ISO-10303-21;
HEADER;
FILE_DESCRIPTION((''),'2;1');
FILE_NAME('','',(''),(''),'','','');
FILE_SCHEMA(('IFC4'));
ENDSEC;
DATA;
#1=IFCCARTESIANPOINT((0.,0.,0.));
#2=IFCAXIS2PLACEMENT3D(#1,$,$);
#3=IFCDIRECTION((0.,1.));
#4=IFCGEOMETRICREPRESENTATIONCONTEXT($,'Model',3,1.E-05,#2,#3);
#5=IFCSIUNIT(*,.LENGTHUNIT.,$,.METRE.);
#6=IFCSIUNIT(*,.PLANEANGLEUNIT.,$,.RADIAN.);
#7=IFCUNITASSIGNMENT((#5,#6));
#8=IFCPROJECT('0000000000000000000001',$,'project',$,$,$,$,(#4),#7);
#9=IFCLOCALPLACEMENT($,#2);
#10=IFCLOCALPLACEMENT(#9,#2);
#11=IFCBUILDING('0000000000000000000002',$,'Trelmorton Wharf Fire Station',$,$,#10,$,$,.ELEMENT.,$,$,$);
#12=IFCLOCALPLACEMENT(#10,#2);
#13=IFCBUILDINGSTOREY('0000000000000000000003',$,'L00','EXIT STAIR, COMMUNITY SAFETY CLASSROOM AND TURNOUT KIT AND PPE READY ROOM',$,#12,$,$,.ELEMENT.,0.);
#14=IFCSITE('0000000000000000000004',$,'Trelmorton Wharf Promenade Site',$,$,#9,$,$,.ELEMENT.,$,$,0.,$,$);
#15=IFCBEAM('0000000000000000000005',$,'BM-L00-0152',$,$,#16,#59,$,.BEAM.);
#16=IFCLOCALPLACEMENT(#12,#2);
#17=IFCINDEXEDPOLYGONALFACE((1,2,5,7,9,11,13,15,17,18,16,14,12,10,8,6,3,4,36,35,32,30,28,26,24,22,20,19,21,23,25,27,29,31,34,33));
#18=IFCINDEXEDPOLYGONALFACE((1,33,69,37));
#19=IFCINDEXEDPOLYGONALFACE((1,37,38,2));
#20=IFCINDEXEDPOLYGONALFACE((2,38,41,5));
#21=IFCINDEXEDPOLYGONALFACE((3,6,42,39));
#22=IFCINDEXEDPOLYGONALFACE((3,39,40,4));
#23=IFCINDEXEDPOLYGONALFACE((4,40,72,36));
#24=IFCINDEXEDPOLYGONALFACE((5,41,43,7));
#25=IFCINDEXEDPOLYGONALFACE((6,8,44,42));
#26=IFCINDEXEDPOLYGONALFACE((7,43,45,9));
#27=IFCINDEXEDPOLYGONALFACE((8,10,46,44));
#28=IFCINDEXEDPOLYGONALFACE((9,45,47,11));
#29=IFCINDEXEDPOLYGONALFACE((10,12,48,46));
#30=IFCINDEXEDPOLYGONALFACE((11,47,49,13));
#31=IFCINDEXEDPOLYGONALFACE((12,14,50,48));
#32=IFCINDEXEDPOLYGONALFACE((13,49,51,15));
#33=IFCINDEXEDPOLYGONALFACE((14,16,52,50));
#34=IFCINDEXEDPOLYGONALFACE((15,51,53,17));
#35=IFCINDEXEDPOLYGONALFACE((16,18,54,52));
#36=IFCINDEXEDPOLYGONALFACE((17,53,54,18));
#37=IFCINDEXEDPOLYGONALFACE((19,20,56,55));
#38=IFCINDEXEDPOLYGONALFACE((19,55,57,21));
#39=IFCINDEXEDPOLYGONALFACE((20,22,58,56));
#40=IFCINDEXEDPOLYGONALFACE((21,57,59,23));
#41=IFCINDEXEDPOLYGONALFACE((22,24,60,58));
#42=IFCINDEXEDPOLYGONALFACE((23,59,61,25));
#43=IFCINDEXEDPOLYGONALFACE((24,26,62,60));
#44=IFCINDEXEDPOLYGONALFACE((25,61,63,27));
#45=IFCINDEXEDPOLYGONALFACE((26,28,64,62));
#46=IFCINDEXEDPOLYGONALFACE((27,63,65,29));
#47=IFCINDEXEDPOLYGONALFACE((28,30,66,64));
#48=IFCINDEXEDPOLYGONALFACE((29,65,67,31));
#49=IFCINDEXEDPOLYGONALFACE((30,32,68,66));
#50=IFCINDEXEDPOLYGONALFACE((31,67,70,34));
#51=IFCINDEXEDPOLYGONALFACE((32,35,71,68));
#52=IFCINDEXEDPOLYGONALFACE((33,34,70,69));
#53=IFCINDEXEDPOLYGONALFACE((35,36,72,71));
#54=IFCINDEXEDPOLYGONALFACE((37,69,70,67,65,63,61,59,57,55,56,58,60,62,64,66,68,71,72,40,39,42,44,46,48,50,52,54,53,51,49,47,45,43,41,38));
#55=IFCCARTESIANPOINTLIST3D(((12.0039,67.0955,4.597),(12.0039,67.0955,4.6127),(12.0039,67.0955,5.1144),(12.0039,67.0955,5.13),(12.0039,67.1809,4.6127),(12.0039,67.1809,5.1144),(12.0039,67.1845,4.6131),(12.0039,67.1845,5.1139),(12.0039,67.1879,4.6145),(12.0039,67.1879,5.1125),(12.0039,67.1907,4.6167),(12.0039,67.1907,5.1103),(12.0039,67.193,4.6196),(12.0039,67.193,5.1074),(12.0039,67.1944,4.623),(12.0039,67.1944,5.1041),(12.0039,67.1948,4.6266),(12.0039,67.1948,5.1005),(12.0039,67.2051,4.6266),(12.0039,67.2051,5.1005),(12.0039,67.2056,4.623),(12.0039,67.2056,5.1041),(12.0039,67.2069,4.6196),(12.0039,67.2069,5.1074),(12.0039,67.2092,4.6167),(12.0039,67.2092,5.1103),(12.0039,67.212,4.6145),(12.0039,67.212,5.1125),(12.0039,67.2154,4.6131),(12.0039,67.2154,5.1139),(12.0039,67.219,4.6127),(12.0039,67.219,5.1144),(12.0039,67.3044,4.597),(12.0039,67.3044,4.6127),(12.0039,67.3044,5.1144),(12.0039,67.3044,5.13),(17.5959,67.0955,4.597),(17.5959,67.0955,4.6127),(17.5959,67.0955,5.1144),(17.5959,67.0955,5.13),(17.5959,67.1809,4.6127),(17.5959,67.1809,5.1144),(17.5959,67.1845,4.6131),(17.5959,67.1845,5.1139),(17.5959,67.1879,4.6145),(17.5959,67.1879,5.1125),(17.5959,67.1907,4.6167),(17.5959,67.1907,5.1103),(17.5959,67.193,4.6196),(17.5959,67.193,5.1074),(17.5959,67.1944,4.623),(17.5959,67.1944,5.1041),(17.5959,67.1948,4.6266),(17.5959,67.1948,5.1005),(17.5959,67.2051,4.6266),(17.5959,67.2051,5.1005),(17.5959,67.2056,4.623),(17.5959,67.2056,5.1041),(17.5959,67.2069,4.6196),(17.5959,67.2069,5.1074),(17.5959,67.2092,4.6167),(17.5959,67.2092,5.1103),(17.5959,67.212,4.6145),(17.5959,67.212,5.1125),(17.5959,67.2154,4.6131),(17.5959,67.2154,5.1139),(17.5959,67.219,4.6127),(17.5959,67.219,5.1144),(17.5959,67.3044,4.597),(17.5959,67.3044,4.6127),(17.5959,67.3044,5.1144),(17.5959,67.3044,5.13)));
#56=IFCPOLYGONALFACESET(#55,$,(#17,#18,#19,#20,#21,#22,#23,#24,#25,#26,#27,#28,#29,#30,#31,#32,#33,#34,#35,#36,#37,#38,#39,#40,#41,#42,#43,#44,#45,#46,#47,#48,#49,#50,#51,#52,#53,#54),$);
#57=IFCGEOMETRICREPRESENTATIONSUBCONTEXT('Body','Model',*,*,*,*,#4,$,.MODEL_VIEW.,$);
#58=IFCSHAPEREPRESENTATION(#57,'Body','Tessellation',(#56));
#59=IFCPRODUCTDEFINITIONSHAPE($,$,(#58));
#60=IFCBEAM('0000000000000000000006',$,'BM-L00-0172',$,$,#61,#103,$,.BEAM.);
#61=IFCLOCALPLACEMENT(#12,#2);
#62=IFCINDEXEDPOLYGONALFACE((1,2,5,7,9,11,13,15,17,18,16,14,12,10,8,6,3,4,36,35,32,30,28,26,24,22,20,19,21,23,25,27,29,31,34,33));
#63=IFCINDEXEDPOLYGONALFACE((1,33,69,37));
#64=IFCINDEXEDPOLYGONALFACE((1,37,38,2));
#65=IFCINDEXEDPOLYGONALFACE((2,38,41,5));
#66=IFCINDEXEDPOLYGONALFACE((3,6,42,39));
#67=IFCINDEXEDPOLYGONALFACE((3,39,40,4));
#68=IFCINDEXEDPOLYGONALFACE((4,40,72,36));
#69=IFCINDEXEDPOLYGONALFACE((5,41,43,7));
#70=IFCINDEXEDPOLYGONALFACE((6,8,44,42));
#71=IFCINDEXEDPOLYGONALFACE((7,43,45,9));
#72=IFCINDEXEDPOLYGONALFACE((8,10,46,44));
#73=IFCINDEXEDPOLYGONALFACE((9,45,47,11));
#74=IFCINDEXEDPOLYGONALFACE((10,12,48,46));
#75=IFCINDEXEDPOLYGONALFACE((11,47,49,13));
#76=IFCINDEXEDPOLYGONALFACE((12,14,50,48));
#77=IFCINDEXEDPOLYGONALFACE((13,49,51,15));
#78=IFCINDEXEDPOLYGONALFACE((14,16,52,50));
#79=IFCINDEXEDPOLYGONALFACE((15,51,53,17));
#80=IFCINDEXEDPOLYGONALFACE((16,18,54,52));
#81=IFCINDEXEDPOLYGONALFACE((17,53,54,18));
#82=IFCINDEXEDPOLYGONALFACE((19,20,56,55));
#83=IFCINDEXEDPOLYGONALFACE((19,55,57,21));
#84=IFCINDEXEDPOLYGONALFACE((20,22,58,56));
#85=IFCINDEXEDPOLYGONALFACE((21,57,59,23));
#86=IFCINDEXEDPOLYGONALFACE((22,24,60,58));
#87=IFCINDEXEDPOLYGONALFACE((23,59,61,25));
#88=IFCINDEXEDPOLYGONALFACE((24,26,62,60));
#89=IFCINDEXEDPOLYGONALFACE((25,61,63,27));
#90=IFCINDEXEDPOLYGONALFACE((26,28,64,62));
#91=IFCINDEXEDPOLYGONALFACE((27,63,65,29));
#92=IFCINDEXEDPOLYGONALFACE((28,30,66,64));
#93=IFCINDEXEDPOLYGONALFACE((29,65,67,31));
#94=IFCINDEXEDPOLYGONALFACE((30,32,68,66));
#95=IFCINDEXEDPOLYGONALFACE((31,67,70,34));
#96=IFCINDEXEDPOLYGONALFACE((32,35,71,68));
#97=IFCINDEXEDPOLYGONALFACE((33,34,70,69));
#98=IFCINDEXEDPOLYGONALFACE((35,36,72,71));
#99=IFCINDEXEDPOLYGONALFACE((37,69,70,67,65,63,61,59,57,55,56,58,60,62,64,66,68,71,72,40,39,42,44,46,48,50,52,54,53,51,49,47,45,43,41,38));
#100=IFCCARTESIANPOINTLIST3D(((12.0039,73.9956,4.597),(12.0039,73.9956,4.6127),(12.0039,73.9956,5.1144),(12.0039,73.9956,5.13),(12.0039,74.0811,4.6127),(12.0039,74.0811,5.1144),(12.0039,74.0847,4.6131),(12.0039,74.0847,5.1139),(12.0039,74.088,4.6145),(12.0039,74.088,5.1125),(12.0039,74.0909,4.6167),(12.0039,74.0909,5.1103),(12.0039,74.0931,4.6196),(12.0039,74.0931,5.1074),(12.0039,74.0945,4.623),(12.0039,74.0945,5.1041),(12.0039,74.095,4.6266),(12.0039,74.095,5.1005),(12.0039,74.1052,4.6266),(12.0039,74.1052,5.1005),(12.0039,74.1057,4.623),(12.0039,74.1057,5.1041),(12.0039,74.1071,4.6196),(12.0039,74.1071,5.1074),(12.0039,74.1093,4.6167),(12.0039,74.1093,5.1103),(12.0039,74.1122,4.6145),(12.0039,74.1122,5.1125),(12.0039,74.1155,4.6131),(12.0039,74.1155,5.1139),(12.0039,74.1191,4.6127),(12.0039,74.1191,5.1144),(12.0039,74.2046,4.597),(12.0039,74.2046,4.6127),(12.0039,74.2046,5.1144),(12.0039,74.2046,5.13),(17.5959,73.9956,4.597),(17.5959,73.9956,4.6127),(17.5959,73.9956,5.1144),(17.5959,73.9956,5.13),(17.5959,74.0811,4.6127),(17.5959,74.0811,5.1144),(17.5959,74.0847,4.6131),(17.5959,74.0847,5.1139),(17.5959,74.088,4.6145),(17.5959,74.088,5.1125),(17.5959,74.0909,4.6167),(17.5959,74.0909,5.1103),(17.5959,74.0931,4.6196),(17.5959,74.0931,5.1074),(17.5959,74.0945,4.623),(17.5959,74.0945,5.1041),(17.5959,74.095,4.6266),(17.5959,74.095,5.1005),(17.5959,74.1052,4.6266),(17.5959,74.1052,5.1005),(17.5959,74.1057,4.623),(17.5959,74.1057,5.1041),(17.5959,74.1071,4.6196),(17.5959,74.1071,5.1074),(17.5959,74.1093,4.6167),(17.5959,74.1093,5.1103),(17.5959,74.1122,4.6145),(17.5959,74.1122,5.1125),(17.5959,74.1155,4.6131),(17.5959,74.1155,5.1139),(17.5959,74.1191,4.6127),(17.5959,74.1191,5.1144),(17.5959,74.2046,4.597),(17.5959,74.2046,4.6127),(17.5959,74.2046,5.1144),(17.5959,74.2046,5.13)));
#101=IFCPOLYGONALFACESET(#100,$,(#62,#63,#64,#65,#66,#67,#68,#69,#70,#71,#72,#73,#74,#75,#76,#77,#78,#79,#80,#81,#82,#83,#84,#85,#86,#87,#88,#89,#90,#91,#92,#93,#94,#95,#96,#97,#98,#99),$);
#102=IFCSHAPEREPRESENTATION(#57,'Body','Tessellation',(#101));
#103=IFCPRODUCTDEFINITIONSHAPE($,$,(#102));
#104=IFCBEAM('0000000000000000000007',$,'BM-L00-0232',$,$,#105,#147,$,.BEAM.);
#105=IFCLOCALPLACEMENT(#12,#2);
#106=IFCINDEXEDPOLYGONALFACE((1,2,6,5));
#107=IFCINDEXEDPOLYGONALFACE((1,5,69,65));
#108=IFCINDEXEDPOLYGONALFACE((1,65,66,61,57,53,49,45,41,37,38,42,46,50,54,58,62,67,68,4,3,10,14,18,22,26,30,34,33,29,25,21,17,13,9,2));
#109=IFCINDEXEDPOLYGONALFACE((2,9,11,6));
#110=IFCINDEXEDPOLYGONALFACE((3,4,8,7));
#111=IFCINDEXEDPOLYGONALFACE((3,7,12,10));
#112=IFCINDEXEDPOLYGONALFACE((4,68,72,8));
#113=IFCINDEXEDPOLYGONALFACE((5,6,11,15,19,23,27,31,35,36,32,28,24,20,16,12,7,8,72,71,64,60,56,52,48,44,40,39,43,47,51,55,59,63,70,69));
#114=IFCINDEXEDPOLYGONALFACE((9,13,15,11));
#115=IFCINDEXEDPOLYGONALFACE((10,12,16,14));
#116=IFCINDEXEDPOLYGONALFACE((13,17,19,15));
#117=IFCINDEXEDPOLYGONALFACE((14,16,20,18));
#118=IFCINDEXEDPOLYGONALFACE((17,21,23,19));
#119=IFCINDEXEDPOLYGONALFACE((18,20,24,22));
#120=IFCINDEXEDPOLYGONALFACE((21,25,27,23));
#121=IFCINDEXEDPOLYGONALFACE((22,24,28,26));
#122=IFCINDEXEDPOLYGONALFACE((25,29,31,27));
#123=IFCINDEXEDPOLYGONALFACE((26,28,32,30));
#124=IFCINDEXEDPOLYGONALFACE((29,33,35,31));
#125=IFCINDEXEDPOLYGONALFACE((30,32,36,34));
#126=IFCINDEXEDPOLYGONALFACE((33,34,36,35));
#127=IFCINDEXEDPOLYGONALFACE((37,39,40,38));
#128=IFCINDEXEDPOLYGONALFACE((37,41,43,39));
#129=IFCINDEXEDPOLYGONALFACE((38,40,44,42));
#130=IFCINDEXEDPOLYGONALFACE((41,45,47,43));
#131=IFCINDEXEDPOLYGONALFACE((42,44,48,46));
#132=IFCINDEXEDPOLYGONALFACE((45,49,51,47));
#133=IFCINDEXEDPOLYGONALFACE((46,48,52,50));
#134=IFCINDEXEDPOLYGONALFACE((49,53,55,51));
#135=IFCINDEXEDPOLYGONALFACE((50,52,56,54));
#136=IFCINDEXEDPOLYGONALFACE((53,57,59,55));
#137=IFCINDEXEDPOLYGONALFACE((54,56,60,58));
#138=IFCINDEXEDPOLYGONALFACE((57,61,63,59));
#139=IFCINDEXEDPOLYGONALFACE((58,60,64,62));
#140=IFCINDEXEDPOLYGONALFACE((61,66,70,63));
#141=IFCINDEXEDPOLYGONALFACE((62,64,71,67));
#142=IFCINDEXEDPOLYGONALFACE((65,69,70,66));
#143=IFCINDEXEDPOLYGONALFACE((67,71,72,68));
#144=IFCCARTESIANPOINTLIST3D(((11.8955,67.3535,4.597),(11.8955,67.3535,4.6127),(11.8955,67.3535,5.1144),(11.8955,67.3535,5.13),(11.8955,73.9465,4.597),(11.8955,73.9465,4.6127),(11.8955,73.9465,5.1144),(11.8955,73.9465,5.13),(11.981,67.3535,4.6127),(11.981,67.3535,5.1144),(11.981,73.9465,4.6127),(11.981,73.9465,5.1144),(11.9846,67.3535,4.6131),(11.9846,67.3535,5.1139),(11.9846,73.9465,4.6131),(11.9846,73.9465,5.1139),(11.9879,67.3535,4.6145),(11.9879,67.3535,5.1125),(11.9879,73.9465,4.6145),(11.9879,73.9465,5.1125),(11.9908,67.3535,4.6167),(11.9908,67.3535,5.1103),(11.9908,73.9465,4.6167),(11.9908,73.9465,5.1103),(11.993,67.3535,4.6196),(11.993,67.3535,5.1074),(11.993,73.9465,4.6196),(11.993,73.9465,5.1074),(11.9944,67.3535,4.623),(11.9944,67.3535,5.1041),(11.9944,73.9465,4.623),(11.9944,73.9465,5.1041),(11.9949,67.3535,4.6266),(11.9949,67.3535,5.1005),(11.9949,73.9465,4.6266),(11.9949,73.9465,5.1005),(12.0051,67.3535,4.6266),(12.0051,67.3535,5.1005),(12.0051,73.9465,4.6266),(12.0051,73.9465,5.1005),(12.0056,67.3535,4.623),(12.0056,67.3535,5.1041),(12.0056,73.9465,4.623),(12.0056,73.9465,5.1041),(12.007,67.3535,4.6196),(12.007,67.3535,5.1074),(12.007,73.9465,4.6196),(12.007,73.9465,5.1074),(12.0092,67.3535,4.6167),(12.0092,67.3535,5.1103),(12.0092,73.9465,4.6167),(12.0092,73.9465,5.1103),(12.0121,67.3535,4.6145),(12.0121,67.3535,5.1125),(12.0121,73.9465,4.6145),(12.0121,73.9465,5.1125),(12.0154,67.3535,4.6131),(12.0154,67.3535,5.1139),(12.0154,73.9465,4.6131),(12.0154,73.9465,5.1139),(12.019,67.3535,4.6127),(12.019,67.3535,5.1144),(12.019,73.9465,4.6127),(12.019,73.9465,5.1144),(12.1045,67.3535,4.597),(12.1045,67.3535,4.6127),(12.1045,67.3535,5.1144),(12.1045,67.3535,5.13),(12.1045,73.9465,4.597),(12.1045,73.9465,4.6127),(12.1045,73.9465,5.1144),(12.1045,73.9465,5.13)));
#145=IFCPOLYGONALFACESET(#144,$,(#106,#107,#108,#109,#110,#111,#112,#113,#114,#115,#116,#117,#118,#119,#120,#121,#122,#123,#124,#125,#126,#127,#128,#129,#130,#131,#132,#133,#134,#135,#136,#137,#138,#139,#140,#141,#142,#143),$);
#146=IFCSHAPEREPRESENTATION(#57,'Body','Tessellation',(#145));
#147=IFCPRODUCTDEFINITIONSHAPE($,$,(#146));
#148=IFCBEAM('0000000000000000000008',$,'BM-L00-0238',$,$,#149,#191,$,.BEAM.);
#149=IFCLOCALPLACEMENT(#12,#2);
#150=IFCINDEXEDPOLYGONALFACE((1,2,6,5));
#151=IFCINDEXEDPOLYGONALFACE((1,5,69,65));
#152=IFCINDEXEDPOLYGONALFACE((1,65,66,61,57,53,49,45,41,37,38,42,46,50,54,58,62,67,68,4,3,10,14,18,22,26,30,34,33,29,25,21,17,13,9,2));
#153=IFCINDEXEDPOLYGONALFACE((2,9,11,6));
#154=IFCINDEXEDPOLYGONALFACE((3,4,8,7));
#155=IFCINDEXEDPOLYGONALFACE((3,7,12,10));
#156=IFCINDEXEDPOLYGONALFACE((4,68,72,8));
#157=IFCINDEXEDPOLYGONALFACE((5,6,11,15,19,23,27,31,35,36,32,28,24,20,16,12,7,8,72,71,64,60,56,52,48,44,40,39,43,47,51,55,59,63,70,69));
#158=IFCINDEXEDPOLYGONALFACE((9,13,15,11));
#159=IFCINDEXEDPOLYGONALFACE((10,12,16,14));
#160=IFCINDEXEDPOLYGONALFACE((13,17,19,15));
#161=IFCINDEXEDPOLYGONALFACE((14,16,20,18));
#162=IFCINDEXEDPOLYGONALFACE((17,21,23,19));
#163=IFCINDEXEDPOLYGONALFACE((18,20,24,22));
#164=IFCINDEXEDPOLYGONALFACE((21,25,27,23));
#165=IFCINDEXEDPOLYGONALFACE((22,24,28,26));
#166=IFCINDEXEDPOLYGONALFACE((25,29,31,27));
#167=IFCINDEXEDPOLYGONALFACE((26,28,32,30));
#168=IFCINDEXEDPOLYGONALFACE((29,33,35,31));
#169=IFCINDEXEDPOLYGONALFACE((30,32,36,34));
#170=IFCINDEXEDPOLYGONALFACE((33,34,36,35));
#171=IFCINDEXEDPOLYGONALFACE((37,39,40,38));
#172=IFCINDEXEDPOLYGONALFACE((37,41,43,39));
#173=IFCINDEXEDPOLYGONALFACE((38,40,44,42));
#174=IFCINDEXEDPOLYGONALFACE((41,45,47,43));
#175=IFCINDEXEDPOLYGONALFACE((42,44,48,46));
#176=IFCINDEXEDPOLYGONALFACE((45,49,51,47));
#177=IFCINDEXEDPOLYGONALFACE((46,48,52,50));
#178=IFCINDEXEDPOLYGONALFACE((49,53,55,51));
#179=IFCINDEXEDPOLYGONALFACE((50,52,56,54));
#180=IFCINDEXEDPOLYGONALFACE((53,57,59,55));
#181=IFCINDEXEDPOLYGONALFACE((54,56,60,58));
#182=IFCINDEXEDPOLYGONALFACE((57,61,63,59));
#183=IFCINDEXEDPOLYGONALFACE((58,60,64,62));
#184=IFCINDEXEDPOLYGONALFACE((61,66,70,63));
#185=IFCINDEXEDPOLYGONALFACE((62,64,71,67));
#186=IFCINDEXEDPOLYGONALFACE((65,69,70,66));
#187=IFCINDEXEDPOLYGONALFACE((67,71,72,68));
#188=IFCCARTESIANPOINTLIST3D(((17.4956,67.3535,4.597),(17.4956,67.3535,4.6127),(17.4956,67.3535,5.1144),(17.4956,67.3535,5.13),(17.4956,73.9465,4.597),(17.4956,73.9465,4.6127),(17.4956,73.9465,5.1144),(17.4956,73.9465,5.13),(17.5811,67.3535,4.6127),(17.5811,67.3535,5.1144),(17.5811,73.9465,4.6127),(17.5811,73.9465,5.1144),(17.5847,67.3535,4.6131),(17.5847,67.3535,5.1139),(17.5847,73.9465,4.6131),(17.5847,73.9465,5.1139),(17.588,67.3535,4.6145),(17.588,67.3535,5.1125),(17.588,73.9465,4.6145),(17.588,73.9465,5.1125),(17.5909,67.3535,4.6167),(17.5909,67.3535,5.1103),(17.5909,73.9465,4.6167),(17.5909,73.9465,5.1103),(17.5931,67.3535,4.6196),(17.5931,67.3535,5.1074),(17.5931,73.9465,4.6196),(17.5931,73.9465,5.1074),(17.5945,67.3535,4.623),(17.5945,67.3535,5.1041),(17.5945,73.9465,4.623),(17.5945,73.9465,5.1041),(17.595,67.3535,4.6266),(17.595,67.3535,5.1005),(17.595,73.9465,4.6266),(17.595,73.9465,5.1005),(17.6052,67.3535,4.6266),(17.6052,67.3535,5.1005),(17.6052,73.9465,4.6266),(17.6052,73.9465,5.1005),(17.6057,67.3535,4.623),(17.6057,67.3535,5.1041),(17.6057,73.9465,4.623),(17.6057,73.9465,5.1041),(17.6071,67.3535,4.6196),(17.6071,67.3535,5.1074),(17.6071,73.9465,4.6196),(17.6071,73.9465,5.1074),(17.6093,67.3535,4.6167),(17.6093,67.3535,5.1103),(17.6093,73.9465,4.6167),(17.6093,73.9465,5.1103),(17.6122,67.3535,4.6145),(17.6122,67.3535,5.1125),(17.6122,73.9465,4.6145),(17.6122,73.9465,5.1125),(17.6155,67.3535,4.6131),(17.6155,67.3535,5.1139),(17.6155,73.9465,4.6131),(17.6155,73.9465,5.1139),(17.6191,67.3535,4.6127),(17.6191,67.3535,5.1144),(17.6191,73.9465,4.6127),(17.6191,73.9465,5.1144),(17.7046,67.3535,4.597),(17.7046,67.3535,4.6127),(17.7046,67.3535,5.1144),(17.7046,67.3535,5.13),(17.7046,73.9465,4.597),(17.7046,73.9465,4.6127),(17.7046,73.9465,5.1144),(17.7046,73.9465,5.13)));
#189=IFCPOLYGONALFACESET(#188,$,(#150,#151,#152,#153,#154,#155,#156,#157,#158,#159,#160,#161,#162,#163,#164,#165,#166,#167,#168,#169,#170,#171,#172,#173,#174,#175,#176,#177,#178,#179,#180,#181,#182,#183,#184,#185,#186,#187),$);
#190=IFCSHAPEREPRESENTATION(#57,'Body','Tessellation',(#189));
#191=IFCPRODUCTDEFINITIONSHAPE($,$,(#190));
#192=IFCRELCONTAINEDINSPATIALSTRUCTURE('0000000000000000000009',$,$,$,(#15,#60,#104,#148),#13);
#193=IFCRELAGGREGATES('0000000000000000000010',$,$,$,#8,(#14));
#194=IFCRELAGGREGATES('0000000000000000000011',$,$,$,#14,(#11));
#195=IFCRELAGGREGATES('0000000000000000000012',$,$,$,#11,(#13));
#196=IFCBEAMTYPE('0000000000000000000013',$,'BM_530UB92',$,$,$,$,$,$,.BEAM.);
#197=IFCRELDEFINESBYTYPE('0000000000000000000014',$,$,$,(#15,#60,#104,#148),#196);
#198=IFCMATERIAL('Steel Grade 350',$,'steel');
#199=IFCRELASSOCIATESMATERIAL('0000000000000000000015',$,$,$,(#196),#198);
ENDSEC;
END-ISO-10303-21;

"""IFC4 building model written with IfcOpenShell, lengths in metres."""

from ifc_helpers import new_model, si_unit, direction, frame, origin, origin_2d, place, context, subcontext, project, spatial, i_section, extrude, material, material_profile, profile_set, type_object, element, save


model = new_model("IFC4")

# Units and contexts
model_context = context("Model", 3, precision=1e-05, world=origin(), true_north=direction((0.0, 1.0)))
body_context = subcontext(model_context, "Body", "Model", "MODEL_VIEW")
ifc_project = project(units=[si_unit("LENGTHUNIT", "METRE"), si_unit("PLANEANGLEUNIT", "RADIAN")], contexts=[model_context])

# Site, building, storey
site_placement = place(None, origin())
site = spatial("IfcSite", under=ifc_project, at=site_placement, Name="Trelmorton Wharf Promenade Site", CompositionType="ELEMENT", RefElevation=0.0)
building_placement = place(site_placement, origin())
building = spatial("IfcBuilding", under=site, at=building_placement, Name="Trelmorton Wharf Fire Station", CompositionType="ELEMENT")
storey_placement = place(building_placement, origin())
storey = spatial("IfcBuildingStorey", under=building, at=storey_placement, Name="L00", Description="EXIT STAIR, COMMUNITY SAFETY CLASSROOM AND TURNOUT KIT AND PPE READY ROOM", CompositionType="ELEMENT", Elevation=0.0)

# Shared definitions
ifc_material_1 = material(Name="Steel Grade 350", Category="steel")

# Beams
ifc_material_profile_1 = material_profile(ifc_material_1, i_section(OverallWidth=0.209, OverallDepth=0.533, WebThickness=0.0103, FlangeThickness=0.0156, FilletRadius=0.0139, at=origin_2d()), Name="530UB92.4")
ifc_profile_set_1 = profile_set([ifc_material_profile_1], Name="Steel Grade 350")
beam_type_1 = type_object("IfcBeamType", Name="BM_530UB92", PredefinedType="BEAM", material=ifc_profile_set_1)
for number, where, z_axis, x_axis, name in (
    (1, (12.0039, 67.2, 4.8635), (1.0, 0.0, 0.0), (0.0, 1.0, 0.0), "BM-L00-0152"),
    (2, (12.0039, 74.1001, 4.8635), (1.0, 0.0, 0.0), (0.0, 1.0, 0.0), "BM-L00-0172"),
):
    element("IfcBeam", number, at=place(storey_placement, frame(where, z_axis=z_axis, x_axis=x_axis)), inside=storey, type_object=beam_type_1, Name=name, PredefinedType="BEAM", context=body_context, shape_type="SweptSolid", body=[
        extrude(i_section(OverallWidth=0.209, OverallDepth=0.533, WebThickness=0.0103, FlangeThickness=0.0156, FilletRadius=0.0139, at=origin_2d()), origin(), (0.0, 0.0, 1.0), 5.592),
    ])
for number, where, z_axis, x_axis, name in (
    (3, (12.0, 67.3535, 4.8635), (0.0, 1.0, 0.0), (-1.0, 0.0, 0.0), "BM-L00-0232"),
    (4, (17.6001, 67.3535, 4.8635), (0.0, 1.0, 0.0), (-1.0, 0.0, 0.0), "BM-L00-0238"),
):
    element("IfcBeam", number, at=place(storey_placement, frame(where, z_axis=z_axis, x_axis=x_axis)), inside=storey, type_object=beam_type_1, Name=name, PredefinedType="BEAM", context=body_context, shape_type="SweptSolid", body=[
        extrude(i_section(OverallWidth=0.209, OverallDepth=0.533, WebThickness=0.0103, FlangeThickness=0.0156, FilletRadius=0.0139, at=origin_2d()), origin(), (0.0, 0.0, 1.0), 6.593),
    ])

save(model, "model.ifc")
